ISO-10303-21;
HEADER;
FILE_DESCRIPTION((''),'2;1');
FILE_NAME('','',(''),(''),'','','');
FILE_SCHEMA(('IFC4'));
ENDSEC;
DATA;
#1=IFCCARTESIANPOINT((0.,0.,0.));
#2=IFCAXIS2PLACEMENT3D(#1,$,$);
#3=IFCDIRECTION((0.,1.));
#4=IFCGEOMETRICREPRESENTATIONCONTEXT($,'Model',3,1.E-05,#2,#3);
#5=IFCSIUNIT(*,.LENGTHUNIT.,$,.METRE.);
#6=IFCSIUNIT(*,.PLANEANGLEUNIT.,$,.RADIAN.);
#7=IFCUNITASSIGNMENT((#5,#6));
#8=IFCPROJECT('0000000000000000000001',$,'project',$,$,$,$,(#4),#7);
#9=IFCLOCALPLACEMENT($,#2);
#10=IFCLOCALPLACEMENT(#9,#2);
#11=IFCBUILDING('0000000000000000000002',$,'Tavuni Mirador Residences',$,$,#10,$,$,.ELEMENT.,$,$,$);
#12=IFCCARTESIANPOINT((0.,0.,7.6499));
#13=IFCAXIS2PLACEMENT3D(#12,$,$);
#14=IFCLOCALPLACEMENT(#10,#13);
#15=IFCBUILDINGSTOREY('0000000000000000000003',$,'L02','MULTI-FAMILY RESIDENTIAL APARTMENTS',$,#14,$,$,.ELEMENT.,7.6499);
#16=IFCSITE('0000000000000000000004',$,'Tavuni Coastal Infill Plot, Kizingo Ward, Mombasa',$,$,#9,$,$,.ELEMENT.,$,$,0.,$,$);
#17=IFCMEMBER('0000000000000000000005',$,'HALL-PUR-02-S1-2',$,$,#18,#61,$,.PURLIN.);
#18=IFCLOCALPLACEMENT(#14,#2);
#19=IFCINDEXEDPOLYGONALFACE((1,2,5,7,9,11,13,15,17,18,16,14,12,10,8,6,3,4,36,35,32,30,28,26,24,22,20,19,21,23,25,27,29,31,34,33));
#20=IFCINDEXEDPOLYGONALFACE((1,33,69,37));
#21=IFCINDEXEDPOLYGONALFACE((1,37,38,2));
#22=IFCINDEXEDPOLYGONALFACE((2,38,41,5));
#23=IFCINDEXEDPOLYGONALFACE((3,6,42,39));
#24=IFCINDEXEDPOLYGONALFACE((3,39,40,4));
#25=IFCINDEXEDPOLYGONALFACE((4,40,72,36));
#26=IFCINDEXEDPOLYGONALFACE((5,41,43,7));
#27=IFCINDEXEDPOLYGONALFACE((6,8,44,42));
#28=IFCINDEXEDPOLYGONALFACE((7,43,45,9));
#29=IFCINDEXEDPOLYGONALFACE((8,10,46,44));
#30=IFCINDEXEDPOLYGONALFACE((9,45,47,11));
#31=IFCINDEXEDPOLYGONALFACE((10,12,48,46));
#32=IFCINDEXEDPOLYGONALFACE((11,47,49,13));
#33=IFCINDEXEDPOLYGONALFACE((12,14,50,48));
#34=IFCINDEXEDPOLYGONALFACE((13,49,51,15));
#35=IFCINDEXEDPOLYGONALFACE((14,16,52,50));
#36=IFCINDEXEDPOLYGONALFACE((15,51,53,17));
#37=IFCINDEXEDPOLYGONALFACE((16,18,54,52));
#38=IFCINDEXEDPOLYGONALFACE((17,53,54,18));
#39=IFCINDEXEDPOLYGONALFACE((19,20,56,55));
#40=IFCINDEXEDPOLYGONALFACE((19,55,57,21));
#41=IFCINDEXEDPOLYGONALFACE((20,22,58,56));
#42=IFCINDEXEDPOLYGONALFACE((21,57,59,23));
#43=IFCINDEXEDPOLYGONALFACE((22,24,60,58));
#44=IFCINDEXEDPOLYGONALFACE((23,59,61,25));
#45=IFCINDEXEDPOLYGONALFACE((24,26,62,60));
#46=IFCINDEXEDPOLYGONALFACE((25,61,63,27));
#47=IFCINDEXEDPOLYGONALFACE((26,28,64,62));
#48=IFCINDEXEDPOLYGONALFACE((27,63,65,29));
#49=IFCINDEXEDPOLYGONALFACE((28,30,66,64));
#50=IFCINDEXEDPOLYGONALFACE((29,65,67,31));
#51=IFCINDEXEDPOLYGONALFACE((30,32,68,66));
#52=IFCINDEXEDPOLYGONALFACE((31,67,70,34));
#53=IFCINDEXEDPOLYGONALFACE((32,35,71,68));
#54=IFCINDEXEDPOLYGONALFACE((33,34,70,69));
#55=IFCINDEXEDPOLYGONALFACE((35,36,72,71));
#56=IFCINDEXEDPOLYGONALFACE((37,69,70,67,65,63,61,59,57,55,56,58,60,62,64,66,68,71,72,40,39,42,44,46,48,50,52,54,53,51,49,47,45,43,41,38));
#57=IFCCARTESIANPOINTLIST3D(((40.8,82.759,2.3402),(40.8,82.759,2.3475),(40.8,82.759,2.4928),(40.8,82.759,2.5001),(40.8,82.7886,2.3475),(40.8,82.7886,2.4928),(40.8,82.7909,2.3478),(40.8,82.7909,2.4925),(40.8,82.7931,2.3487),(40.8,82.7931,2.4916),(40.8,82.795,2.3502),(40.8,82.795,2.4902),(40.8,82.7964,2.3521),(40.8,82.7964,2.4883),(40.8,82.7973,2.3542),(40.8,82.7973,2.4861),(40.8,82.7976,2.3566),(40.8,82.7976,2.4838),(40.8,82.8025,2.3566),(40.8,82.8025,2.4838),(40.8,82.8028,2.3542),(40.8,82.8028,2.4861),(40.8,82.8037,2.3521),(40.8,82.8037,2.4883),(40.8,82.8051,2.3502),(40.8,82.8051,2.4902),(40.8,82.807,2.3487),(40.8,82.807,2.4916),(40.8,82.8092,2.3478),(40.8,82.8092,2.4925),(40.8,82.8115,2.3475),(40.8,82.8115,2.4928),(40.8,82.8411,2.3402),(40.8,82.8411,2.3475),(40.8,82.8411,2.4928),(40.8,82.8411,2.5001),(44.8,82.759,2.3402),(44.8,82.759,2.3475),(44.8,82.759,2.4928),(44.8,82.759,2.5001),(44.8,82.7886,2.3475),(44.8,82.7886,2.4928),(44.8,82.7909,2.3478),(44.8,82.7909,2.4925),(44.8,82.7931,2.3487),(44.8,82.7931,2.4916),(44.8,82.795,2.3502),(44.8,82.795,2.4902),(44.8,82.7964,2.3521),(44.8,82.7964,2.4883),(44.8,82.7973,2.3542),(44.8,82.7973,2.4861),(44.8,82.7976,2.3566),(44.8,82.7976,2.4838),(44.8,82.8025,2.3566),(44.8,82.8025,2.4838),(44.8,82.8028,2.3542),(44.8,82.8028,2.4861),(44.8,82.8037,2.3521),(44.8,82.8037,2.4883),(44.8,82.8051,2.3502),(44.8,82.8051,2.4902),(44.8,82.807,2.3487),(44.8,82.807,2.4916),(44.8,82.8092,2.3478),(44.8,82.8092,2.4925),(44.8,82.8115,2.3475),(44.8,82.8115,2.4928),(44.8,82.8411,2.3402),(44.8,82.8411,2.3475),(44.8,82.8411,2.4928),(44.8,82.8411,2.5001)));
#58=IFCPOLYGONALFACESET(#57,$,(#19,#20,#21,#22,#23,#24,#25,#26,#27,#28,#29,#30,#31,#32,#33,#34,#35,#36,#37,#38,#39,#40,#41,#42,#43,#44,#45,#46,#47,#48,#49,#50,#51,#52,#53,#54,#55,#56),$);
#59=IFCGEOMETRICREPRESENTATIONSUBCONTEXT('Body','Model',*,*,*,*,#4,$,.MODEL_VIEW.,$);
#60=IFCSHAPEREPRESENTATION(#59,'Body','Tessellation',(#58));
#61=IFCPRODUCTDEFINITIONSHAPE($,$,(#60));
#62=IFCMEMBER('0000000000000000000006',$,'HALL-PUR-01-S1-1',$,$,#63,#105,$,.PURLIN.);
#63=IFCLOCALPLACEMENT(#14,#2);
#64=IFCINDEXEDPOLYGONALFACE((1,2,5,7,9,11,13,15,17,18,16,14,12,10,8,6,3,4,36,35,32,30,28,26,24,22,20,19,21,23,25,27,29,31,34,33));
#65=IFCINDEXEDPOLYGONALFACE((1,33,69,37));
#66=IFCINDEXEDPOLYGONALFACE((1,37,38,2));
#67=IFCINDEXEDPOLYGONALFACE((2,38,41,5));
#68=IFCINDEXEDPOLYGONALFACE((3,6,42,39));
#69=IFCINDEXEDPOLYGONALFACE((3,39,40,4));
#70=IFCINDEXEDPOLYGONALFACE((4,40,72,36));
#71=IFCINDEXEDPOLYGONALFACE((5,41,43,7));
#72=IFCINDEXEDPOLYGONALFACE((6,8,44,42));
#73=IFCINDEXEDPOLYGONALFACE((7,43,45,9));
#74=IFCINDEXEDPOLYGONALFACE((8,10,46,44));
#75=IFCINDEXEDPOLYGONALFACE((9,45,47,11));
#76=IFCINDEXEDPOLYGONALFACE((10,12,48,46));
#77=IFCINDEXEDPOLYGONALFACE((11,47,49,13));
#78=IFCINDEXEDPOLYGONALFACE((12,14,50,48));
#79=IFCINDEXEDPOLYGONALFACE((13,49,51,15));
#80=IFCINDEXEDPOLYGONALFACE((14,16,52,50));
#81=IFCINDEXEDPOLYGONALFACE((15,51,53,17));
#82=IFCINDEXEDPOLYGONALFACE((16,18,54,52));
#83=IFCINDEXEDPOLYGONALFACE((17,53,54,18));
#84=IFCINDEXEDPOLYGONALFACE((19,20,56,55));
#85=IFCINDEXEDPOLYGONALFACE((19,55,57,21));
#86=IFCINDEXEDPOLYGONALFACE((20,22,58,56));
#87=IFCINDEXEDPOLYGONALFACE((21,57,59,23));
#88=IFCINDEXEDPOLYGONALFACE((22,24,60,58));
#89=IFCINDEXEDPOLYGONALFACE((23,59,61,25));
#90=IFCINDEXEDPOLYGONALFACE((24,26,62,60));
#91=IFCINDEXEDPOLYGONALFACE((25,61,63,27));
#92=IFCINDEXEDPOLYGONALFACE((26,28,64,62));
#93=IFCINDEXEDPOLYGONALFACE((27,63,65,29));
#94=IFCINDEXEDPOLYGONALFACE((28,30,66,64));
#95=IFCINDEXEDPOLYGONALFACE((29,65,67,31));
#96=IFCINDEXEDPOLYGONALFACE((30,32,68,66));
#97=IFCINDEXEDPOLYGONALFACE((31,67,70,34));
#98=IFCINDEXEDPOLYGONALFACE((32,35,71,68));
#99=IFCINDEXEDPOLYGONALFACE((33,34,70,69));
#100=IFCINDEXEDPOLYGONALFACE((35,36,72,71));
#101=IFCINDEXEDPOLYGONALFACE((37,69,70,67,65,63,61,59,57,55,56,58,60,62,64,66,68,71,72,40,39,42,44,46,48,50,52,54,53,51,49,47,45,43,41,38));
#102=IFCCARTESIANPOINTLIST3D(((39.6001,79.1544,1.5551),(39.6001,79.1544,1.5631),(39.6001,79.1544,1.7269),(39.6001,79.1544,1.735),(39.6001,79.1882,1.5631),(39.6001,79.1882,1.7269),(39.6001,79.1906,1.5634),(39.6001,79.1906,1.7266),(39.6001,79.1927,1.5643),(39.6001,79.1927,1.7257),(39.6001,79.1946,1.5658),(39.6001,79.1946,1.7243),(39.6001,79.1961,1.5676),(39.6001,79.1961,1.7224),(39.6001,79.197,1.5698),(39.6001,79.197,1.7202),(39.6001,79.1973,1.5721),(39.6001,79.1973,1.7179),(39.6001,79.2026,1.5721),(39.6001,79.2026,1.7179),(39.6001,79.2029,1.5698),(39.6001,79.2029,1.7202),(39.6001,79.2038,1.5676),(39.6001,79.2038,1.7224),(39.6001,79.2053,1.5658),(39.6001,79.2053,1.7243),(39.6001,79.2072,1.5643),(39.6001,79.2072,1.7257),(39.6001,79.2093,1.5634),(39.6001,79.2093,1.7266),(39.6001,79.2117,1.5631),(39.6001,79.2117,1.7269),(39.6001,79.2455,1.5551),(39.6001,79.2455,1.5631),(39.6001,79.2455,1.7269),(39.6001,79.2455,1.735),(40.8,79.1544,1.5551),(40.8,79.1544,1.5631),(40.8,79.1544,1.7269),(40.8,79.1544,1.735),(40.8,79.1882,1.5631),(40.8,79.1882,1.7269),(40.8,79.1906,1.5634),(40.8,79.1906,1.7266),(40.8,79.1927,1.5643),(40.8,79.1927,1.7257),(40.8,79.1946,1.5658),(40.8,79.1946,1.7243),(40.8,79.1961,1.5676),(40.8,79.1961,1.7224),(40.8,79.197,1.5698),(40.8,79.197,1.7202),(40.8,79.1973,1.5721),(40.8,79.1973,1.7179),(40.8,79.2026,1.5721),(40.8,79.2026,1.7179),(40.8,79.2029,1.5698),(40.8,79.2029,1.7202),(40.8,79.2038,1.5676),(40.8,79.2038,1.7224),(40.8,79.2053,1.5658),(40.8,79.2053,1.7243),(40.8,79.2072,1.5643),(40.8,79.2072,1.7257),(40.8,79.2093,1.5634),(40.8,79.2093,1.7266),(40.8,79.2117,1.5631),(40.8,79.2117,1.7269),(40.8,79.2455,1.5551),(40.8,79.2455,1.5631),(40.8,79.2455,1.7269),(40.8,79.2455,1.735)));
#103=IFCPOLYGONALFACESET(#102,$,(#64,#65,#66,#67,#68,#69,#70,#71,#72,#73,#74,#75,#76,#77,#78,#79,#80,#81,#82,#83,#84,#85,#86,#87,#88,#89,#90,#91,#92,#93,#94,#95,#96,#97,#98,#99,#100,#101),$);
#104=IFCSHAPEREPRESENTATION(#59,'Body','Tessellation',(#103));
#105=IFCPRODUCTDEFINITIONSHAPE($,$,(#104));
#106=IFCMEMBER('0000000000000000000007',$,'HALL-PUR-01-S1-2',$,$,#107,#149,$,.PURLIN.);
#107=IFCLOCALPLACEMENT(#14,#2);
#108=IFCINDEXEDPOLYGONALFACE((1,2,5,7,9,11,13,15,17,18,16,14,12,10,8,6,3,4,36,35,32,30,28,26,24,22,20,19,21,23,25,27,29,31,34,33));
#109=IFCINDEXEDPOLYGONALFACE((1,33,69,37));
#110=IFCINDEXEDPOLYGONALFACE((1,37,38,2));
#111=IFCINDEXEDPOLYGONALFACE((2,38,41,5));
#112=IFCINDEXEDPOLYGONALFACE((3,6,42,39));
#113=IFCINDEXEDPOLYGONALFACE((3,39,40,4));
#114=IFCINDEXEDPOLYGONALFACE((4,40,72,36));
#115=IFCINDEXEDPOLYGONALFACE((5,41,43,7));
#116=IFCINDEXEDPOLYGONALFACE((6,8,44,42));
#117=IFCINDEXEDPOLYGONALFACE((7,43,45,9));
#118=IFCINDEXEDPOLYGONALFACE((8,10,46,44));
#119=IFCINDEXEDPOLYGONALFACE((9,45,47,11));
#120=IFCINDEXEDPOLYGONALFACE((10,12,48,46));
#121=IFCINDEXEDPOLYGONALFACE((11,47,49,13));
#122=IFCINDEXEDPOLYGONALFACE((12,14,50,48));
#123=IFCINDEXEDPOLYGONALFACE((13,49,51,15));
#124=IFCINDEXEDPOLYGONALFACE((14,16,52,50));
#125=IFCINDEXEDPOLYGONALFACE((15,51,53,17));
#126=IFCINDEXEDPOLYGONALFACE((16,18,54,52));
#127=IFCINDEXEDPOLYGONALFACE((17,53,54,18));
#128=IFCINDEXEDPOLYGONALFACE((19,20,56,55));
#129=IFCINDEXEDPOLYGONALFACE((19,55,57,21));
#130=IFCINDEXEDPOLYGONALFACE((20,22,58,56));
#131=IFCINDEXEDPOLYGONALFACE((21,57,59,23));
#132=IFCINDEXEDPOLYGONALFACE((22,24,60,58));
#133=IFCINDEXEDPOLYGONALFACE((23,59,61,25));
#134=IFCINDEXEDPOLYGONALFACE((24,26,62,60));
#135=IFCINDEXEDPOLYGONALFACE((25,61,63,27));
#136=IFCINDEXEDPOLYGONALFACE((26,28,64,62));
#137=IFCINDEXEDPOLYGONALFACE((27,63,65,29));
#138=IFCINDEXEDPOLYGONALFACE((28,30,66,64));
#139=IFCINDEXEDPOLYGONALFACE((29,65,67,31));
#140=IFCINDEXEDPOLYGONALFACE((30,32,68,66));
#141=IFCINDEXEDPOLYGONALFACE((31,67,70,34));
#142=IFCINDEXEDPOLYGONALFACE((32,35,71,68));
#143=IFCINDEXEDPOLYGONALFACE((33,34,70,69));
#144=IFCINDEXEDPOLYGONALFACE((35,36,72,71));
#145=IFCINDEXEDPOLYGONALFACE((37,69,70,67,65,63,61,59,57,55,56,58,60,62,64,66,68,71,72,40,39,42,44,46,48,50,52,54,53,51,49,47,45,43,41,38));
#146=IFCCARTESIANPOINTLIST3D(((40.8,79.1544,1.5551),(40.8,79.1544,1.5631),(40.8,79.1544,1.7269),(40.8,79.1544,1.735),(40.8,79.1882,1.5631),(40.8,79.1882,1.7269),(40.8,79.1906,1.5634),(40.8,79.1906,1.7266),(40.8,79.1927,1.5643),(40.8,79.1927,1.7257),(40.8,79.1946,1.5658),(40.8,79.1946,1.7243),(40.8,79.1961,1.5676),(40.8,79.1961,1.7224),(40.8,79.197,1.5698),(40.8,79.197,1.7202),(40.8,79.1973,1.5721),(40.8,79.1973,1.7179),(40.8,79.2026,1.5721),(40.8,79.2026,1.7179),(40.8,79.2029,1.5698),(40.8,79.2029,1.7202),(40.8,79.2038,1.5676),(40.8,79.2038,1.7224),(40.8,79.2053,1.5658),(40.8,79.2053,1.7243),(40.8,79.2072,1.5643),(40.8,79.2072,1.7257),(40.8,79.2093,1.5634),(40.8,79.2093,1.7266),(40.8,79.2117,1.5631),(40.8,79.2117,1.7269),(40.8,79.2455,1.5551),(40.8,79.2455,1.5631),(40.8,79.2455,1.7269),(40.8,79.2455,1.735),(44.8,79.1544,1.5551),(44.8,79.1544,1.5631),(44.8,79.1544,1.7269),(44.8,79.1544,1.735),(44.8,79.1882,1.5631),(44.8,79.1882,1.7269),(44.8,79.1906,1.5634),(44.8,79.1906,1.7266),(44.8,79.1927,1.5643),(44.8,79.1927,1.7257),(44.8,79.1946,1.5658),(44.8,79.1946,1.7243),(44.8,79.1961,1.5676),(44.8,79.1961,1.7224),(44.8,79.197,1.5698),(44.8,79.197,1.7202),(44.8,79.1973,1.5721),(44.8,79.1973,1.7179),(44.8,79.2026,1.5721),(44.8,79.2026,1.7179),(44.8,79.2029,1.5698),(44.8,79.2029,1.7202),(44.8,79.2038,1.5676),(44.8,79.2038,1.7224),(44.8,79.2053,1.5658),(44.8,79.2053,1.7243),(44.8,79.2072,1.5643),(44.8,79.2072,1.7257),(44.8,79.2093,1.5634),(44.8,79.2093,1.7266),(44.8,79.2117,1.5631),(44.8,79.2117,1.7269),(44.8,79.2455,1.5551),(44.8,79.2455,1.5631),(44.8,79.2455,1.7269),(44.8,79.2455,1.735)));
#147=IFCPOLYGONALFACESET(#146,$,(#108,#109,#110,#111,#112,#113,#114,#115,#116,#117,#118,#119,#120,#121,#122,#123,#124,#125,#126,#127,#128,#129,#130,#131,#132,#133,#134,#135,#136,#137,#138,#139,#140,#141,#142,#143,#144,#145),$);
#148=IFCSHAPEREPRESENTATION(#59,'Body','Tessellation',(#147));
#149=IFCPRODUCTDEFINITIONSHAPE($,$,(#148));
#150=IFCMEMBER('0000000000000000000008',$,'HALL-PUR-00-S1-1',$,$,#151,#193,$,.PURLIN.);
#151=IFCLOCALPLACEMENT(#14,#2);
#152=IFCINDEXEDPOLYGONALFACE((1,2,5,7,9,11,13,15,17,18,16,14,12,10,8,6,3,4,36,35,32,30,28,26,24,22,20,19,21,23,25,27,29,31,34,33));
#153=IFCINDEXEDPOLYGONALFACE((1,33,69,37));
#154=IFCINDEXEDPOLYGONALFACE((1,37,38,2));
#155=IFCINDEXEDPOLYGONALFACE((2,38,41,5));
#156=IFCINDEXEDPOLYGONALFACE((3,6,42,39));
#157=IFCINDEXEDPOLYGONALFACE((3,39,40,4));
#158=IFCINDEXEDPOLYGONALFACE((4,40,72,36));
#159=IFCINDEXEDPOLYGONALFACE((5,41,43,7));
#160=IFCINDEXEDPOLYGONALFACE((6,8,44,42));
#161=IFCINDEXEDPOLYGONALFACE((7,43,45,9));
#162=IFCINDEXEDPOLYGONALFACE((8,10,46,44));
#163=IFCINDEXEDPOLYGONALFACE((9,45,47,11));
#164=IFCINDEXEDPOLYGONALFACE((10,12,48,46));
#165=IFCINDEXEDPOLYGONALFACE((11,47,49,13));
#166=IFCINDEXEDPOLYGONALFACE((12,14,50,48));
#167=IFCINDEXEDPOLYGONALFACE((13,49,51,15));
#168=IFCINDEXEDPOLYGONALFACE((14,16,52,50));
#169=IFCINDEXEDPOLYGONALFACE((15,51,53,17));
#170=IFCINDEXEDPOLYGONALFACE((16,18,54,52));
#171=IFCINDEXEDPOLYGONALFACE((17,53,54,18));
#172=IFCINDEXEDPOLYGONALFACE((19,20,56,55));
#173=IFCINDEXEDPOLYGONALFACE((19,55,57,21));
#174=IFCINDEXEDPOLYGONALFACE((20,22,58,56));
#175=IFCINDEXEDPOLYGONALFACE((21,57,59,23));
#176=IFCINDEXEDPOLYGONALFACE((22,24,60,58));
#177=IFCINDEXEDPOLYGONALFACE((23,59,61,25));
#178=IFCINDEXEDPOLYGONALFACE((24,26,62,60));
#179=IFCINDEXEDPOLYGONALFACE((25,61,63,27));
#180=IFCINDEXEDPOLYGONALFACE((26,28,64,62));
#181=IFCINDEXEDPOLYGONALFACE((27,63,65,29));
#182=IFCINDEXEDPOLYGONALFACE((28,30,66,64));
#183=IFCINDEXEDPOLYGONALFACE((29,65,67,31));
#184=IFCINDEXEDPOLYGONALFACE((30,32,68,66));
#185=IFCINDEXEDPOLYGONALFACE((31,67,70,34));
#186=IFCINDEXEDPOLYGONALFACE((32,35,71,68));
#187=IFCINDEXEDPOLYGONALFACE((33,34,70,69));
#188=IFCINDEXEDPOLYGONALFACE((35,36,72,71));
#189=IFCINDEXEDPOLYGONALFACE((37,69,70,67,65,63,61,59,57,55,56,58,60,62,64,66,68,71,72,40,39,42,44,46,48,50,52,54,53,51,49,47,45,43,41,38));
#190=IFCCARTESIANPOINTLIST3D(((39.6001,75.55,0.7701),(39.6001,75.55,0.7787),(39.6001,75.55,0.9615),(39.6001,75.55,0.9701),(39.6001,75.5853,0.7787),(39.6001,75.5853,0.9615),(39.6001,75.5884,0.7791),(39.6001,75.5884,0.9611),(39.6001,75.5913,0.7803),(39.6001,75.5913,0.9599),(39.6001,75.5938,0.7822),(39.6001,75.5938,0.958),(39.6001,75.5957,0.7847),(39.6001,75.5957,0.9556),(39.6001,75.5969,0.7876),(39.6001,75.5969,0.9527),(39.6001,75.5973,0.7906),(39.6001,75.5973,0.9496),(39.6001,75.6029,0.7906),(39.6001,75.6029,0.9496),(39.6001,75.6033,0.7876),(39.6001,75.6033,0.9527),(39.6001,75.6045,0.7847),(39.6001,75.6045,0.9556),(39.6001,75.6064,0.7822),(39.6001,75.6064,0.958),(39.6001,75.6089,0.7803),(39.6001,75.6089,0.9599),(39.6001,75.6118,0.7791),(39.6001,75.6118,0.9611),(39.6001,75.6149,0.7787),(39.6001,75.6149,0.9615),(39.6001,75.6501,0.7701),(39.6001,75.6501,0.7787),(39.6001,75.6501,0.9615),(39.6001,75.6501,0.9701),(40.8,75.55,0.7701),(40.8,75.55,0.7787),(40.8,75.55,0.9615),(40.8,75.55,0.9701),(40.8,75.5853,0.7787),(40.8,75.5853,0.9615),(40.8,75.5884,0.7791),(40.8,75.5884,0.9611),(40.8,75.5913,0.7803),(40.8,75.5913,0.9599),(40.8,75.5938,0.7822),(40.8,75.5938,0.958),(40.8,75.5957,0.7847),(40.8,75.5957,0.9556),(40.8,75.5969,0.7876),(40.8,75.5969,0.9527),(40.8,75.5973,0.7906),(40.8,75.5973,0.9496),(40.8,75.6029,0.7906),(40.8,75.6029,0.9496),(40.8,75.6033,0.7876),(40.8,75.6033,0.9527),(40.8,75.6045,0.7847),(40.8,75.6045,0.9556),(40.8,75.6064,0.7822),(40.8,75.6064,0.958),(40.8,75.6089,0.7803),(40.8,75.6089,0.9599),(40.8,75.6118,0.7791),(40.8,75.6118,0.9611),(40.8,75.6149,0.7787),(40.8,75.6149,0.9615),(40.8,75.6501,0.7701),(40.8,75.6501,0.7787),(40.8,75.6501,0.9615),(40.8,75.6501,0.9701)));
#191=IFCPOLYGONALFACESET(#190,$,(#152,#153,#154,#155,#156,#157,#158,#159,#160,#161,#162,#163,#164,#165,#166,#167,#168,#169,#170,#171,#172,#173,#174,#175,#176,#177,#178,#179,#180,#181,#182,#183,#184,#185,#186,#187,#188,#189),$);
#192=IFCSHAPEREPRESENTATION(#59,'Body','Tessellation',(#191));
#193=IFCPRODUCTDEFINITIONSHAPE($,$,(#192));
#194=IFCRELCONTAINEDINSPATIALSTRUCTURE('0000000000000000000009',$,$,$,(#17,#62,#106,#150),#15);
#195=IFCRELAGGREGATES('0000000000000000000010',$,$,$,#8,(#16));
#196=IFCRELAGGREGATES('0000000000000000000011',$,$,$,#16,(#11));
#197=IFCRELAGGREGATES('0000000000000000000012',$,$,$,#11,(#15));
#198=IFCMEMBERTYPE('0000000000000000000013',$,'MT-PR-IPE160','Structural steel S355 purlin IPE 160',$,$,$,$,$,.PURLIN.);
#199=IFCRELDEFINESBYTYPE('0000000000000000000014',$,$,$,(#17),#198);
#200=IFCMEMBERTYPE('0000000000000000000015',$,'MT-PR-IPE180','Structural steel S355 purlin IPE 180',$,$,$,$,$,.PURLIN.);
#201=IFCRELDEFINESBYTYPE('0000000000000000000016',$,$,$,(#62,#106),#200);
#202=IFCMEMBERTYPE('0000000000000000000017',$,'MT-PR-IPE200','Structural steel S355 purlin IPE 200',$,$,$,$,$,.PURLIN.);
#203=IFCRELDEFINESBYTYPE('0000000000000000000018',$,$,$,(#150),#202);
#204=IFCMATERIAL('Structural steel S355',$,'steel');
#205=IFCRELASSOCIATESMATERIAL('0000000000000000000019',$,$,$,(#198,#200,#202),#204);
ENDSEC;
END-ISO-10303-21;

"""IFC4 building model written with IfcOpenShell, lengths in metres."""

from ifc_helpers import new_model, si_unit, direction, frame, origin, origin_2d, place, context, subcontext, project, spatial, i_section, extrude, material, material_profile, profile_set, type_object, element, save


model = new_model("IFC4")

# Units and contexts
model_context = context("Model", 3, precision=1e-05, world=origin(), true_north=direction((0.0, 1.0)))
body_context = subcontext(model_context, "Body", "Model", "MODEL_VIEW")
ifc_project = project(units=[si_unit("LENGTHUNIT", "METRE"), si_unit("PLANEANGLEUNIT", "RADIAN")], contexts=[model_context])

# Site, building, storey
site_placement = place(None, origin())
site = spatial("IfcSite", under=ifc_project, at=site_placement, Name="Tavuni Coastal Infill Plot, Kizingo Ward, Mombasa", CompositionType="ELEMENT", RefElevation=0.0)
building_placement = place(site_placement, origin())
building = spatial("IfcBuilding", under=site, at=building_placement, Name="Tavuni Mirador Residences", CompositionType="ELEMENT")
storey_placement = place(building_placement, frame((0.0, 0.0, 7.6499)))
storey = spatial("IfcBuildingStorey", under=building, at=storey_placement, Name="L02", Description="MULTI-FAMILY RESIDENTIAL APARTMENTS", CompositionType="ELEMENT", Elevation=7.6499)

# Members
ifc_material_1 = material(Name="Structural steel S355", Category="steel")
ifc_material_profile_1 = material_profile(ifc_material_1, i_section(OverallWidth=0.082, OverallDepth=0.1599, WebThickness=0.0049, FlangeThickness=0.0073, FilletRadius=0.009, at=origin_2d()), Name="IPE 160", Category="steel")
ifc_profile_set_1 = profile_set([ifc_material_profile_1], Name="Structural steel S355")
member_type_1 = type_object("IfcMemberType", Name="MT-PR-IPE160", Description="Structural steel S355 purlin IPE 160", PredefinedType="PURLIN", material=ifc_profile_set_1)
member_1_placement = place(storey_placement, frame((40.8, 82.8, 2.4202), z_axis=(1.0, 0.0, 0.0), x_axis=(0.0, 1.0, 0.0)))
element("IfcMember", 1, at=member_1_placement, inside=storey, type_object=member_type_1, Name="HALL-PUR-02-S1-2", PredefinedType="PURLIN", context=body_context, shape_type="SweptSolid", body=[
    extrude(i_section(OverallWidth=0.082, OverallDepth=0.1599, WebThickness=0.0049, FlangeThickness=0.0073, FilletRadius=0.009, at=origin_2d()), origin(), (0.0, 0.0, 1.0), 4.0),
])
ifc_material_profile_2 = material_profile(ifc_material_1, i_section(OverallWidth=0.0911, OverallDepth=0.1799, WebThickness=0.0054, FlangeThickness=0.0081, FilletRadius=0.009, at=origin_2d()), Name="IPE 180", Category="steel")
ifc_profile_set_2 = profile_set([ifc_material_profile_2], Name="Structural steel S355")
member_type_2 = type_object("IfcMemberType", Name="MT-PR-IPE180", Description="Structural steel S355 purlin IPE 180", PredefinedType="PURLIN", material=ifc_profile_set_2)
member_2_placement = place(storey_placement, frame((39.6001, 79.2, 1.645), z_axis=(1.0, 0.0, 0.0), x_axis=(0.0, 1.0, 0.0)))
element("IfcMember", 2, at=member_2_placement, inside=storey, type_object=member_type_2, Name="HALL-PUR-01-S1-1", PredefinedType="PURLIN", context=body_context, shape_type="SweptSolid", body=[
    extrude(i_section(OverallWidth=0.0911, OverallDepth=0.1799, WebThickness=0.0054, FlangeThickness=0.0081, FilletRadius=0.009, at=origin_2d()), origin(), (0.0, 0.0, 1.0), 1.2),
])
member_3_placement = place(storey_placement, frame((40.8, 79.2, 1.645), z_axis=(1.0, 0.0, 0.0), x_axis=(0.0, 1.0, 0.0)))
element("IfcMember", 3, at=member_3_placement, inside=storey, type_object=member_type_2, Name="HALL-PUR-01-S1-2", PredefinedType="PURLIN", context=body_context, shape_type="SweptSolid", body=[
    extrude(i_section(OverallWidth=0.0911, OverallDepth=0.1799, WebThickness=0.0054, FlangeThickness=0.0081, FilletRadius=0.009, at=origin_2d()), origin(), (0.0, 0.0, 1.0), 4.0),
])
ifc_material_profile_3 = material_profile(ifc_material_1, i_section(OverallWidth=0.1001, OverallDepth=0.2, WebThickness=0.0056, FlangeThickness=0.0085, FilletRadius=0.012, at=origin_2d()), Name="IPE 200", Category="steel")
ifc_profile_set_3 = profile_set([ifc_material_profile_3], Name="Structural steel S355")
member_type_3 = type_object("IfcMemberType", Name="MT-PR-IPE200", Description="Structural steel S355 purlin IPE 200", PredefinedType="PURLIN", material=ifc_profile_set_3)
member_4_placement = place(storey_placement, frame((39.6001, 75.6001, 0.8701), z_axis=(1.0, 0.0, 0.0), x_axis=(0.0, 1.0, 0.0)))
element("IfcMember", 4, at=member_4_placement, inside=storey, type_object=member_type_3, Name="HALL-PUR-00-S1-1", PredefinedType="PURLIN", context=body_context, shape_type="SweptSolid", body=[
    extrude(i_section(OverallWidth=0.1001, OverallDepth=0.2, WebThickness=0.0056, FlangeThickness=0.0085, FilletRadius=0.012, at=origin_2d()), origin(), (0.0, 0.0, 1.0), 1.2),
])

save(model, "model.ifc")
